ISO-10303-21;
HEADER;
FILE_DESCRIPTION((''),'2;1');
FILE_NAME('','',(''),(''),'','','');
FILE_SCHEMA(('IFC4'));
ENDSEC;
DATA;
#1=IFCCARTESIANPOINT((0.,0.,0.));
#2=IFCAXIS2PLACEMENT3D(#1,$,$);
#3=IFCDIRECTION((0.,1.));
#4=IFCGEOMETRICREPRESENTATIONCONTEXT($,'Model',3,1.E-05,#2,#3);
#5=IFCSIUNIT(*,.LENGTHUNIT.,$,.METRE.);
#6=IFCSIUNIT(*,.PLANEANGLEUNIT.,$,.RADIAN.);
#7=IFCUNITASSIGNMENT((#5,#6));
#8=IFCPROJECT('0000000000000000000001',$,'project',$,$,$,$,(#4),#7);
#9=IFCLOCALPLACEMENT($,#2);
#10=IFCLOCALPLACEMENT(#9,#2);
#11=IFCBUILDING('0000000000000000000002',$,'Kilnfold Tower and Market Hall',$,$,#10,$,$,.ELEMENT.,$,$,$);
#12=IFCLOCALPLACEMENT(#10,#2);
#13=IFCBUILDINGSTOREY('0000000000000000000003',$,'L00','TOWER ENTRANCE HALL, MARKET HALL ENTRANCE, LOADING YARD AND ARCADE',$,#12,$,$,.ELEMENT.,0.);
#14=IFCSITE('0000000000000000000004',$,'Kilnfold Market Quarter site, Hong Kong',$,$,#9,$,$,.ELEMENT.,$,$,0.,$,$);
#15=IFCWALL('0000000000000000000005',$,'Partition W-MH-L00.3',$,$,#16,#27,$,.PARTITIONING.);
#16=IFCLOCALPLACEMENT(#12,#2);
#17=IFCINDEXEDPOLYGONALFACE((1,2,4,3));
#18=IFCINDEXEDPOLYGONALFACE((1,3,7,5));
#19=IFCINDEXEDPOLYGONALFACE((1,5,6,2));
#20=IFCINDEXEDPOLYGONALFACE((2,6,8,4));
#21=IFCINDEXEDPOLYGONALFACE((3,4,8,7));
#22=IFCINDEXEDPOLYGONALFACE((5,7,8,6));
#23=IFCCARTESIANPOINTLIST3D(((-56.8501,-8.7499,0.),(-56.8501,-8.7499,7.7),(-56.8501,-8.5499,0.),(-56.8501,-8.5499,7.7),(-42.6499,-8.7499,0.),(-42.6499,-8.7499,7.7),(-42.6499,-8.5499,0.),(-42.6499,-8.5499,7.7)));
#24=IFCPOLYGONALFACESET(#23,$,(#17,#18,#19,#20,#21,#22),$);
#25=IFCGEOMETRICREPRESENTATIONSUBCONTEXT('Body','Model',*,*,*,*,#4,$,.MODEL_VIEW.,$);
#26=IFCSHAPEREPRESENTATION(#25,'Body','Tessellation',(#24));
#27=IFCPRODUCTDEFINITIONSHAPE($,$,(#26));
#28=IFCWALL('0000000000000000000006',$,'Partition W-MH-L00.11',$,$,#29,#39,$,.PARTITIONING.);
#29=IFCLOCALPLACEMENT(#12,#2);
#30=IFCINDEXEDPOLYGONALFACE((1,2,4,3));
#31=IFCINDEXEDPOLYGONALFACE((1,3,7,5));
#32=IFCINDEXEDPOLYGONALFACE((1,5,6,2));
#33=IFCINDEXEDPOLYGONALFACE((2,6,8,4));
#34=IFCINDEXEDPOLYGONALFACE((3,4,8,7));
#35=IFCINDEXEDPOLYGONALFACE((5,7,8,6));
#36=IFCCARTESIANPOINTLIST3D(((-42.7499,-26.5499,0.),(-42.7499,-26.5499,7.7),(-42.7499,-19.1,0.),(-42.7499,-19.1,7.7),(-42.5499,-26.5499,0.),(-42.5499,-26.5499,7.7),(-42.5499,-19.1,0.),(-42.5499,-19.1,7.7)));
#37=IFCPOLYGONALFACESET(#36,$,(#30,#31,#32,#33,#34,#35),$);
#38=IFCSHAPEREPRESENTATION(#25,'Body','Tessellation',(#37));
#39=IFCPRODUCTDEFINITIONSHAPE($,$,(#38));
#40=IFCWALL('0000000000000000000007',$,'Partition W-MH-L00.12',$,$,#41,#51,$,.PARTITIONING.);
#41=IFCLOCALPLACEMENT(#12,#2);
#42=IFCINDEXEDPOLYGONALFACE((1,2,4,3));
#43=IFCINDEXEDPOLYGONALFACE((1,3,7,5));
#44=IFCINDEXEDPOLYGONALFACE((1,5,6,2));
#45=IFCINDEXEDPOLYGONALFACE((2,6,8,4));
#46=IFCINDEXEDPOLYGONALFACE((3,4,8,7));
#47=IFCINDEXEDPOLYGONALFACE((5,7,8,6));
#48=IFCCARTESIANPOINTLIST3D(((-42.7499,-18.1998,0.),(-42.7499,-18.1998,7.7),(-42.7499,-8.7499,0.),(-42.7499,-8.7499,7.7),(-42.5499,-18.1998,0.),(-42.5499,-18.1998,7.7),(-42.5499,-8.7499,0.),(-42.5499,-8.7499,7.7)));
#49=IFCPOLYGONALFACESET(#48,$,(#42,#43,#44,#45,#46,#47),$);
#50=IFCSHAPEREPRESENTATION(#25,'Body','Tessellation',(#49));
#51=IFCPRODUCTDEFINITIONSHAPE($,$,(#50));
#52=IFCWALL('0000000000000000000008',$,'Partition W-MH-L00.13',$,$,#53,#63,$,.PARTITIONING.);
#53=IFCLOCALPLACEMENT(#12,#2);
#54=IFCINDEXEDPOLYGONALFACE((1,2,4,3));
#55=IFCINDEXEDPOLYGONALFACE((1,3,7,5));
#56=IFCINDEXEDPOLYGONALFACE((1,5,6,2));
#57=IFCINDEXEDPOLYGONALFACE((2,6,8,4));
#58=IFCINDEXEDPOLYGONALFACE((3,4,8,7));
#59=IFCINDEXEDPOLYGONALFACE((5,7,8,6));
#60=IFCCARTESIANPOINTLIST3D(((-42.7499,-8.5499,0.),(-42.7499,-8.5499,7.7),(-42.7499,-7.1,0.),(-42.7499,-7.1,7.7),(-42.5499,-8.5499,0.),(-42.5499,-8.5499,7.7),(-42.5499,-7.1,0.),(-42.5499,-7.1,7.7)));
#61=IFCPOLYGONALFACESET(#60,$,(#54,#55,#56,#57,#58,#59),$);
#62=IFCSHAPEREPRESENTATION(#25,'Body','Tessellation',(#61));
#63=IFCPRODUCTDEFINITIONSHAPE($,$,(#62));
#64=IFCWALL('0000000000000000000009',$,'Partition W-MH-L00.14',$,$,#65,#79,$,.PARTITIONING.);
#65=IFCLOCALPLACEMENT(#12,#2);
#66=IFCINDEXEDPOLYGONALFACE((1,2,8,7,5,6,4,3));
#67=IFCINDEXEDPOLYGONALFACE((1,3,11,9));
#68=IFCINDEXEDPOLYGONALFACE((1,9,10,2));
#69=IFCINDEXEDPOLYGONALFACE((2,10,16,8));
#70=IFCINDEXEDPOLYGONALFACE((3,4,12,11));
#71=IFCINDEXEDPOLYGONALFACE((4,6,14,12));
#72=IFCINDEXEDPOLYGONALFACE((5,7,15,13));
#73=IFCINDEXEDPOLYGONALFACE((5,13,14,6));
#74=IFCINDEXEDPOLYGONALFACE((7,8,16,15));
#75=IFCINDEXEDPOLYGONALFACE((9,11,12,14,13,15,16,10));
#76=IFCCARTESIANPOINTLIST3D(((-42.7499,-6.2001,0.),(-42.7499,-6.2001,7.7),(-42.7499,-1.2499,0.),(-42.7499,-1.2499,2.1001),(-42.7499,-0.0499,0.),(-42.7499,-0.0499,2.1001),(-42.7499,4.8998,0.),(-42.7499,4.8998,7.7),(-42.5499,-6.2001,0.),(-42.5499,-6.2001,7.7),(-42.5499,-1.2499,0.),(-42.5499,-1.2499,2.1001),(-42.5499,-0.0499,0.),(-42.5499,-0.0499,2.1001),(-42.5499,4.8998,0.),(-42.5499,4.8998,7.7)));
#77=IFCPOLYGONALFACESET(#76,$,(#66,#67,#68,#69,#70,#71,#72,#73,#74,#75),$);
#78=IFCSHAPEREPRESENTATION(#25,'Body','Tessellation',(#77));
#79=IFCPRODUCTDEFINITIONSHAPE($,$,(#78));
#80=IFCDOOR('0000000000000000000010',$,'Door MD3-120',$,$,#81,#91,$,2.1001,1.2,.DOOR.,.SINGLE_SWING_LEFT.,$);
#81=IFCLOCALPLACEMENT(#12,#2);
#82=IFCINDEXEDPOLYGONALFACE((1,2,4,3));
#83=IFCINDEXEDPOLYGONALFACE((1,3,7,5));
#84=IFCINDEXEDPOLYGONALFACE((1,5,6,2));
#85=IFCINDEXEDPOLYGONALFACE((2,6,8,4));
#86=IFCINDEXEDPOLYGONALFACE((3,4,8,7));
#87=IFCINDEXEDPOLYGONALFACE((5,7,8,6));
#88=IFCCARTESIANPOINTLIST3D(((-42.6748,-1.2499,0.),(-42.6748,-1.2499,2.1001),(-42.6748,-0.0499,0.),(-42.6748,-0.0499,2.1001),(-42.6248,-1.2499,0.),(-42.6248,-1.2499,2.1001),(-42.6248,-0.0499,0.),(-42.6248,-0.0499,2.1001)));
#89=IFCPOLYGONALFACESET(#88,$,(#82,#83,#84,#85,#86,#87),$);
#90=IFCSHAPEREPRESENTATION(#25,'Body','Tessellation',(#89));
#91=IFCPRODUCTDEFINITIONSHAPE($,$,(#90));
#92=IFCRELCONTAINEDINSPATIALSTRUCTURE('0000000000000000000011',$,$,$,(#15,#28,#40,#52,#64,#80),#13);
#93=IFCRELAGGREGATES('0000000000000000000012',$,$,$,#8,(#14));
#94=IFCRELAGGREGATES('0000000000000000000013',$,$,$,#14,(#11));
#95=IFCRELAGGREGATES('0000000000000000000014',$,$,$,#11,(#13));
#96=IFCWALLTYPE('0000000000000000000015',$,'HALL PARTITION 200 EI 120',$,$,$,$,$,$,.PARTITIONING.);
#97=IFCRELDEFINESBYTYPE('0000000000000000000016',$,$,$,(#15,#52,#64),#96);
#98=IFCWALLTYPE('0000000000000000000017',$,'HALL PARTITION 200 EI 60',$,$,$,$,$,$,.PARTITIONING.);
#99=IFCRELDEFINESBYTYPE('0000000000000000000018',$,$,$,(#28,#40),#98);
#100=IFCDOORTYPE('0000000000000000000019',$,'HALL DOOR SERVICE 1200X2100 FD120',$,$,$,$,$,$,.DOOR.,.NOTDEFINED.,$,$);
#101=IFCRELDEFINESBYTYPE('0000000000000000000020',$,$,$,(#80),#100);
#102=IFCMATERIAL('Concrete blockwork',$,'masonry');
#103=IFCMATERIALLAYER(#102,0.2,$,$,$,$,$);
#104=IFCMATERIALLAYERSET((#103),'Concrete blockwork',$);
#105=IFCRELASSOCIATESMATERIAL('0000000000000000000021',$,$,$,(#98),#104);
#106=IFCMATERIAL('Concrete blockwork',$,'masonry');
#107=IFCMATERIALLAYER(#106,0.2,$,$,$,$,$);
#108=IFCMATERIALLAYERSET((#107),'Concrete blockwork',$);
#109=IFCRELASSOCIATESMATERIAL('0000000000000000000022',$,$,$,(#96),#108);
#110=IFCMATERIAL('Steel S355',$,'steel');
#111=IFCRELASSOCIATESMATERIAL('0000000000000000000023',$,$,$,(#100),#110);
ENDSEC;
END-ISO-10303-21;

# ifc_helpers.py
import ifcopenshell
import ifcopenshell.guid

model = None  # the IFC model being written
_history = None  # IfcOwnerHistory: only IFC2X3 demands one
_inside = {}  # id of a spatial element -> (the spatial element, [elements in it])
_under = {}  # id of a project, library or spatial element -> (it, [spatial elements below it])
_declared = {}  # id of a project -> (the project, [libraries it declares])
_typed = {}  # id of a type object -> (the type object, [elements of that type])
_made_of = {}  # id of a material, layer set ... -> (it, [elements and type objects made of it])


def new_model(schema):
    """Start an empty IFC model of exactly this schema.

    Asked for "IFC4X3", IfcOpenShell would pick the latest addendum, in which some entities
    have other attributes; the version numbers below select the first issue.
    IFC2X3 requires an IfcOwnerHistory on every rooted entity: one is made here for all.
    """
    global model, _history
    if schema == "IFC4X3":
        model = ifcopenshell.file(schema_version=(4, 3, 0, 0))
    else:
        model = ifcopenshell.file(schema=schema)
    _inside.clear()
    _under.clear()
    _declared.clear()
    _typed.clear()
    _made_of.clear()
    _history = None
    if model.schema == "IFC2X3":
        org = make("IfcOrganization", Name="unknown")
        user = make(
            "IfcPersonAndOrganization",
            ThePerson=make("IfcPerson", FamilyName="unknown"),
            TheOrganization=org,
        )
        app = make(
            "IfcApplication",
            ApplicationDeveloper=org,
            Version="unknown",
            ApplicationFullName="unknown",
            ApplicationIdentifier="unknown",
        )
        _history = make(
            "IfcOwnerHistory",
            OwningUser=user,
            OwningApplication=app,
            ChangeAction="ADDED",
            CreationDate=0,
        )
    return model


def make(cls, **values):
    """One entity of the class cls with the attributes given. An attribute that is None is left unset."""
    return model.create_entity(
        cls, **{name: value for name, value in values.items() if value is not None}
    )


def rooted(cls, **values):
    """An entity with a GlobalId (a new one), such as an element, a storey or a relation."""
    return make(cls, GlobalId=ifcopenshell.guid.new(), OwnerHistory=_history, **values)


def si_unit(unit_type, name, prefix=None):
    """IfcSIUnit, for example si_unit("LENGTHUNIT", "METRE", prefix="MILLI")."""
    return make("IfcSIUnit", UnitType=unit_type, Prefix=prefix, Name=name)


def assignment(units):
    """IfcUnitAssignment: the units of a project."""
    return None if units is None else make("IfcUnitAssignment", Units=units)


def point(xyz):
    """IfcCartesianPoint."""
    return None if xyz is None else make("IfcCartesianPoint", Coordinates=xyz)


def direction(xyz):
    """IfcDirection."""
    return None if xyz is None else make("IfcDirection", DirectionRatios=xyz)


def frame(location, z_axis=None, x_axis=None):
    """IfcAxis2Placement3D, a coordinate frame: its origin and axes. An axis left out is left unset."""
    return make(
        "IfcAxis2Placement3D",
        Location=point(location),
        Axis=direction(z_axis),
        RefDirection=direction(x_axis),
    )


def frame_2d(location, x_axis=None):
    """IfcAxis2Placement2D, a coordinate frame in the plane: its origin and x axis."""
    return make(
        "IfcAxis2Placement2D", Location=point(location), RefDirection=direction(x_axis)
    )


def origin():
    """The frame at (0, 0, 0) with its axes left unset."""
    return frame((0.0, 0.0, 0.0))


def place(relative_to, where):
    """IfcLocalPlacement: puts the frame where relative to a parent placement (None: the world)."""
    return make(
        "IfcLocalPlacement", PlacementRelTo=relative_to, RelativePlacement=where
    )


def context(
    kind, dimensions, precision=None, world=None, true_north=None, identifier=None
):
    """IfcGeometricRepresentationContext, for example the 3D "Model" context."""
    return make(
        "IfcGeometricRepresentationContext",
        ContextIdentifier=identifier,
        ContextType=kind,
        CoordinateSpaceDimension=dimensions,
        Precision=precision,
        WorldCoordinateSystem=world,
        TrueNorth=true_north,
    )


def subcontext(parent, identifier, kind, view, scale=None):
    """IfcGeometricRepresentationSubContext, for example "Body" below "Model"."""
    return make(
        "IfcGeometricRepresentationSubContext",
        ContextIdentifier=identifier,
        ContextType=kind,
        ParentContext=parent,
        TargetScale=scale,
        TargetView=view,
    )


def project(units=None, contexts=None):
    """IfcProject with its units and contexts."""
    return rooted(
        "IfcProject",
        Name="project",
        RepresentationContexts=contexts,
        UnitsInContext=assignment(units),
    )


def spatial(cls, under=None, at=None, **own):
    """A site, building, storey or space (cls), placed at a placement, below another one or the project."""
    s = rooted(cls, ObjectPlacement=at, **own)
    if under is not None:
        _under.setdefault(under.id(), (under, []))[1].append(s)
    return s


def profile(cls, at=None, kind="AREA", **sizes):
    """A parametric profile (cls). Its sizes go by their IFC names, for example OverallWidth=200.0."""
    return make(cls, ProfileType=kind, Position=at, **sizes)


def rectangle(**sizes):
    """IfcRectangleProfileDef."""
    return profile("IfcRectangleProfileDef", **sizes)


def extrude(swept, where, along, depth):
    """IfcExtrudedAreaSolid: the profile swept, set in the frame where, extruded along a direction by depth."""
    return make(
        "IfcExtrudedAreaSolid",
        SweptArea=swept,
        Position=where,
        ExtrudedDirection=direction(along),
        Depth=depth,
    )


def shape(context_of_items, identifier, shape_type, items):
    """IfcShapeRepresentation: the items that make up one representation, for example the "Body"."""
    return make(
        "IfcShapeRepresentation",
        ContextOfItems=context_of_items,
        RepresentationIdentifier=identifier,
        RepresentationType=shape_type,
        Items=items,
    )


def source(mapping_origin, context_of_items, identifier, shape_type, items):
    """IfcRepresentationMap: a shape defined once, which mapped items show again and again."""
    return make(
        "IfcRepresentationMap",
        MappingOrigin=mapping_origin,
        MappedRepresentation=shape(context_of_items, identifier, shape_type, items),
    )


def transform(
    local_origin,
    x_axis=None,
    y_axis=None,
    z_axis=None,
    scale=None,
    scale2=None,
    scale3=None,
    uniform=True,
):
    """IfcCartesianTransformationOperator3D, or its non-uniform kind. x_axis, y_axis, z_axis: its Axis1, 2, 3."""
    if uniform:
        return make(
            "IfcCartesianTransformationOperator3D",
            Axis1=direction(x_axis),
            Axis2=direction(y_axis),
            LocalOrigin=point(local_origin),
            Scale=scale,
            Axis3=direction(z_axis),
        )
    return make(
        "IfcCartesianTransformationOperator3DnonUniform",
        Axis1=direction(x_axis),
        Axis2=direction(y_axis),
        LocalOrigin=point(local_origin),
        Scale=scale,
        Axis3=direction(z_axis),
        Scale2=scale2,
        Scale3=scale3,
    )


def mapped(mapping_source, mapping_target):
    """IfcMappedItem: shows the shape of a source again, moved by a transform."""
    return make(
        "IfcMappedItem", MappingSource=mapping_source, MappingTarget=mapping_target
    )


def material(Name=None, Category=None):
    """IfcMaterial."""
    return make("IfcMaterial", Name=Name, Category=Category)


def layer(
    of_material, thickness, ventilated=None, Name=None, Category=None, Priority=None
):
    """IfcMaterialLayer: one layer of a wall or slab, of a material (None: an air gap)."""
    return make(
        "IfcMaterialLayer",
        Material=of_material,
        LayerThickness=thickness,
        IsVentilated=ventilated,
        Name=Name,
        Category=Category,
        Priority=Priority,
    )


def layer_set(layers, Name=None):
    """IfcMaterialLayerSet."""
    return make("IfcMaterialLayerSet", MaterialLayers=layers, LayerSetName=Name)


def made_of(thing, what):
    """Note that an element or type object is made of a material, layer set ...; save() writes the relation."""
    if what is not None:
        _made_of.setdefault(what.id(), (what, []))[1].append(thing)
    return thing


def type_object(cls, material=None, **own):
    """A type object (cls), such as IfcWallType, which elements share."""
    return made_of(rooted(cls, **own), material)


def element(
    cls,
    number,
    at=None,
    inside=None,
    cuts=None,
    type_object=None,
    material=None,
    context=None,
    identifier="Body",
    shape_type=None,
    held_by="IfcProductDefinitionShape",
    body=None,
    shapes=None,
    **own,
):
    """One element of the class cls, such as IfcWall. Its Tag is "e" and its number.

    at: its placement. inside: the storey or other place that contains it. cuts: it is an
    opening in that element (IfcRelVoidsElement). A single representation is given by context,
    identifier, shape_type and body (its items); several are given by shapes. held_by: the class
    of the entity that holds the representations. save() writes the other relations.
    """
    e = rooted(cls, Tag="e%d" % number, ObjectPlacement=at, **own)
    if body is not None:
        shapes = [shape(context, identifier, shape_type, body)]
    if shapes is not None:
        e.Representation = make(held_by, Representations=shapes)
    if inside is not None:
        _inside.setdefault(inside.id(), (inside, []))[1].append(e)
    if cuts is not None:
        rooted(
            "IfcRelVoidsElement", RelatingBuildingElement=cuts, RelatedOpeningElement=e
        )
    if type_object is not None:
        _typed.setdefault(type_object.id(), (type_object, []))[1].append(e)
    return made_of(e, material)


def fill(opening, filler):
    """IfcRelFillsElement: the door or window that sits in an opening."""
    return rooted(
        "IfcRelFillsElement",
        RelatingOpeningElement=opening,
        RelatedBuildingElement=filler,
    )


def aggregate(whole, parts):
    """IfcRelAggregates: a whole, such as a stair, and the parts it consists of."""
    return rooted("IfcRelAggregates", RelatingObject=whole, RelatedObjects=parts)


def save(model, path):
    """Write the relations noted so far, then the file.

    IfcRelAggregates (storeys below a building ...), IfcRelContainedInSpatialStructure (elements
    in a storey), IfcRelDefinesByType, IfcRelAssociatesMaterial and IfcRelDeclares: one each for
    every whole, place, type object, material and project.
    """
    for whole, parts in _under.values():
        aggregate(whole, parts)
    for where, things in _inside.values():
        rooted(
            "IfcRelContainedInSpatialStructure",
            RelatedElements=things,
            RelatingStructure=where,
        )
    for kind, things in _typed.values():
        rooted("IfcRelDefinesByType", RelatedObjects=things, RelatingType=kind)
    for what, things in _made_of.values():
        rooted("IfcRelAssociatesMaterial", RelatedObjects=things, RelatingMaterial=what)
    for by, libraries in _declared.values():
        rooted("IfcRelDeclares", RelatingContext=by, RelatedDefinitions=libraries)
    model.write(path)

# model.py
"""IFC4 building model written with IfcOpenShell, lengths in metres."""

from ifc_helpers import new_model, si_unit, direction, frame, frame_2d, origin, place, context, subcontext, project, spatial, rectangle, extrude, source, transform, mapped, material, layer, layer_set, type_object, element, fill, save


model = new_model("IFC4")

# Units and contexts
model_context = context("Model", 3, precision=1e-05, world=origin(), true_north=direction((0.0, 1.0)))
body_context = subcontext(model_context, "Body", "Model", "MODEL_VIEW")
ifc_project = project(units=[si_unit("LENGTHUNIT", "METRE"), si_unit("PLANEANGLEUNIT", "RADIAN")], contexts=[model_context])

# Site, building, storey
site_placement = place(None, origin())
site = spatial("IfcSite", under=ifc_project, at=site_placement, Name="Kilnfold Market Quarter site, Hong Kong", CompositionType="ELEMENT", RefElevation=0.0)
building_placement = place(site_placement, origin())
building = spatial("IfcBuilding", under=site, at=building_placement, Name="Kilnfold Tower and Market Hall", CompositionType="ELEMENT")
storey_placement = place(building_placement, origin())
storey = spatial("IfcBuildingStorey", under=building, at=storey_placement, Name="L00", Description="TOWER ENTRANCE HALL, MARKET HALL ENTRANCE, LOADING YARD AND ARCADE", CompositionType="ELEMENT", Elevation=0.0)

# Shared definitions
ifc_material_1 = material(Name="Concrete blockwork", Category="masonry")
ifc_layer_1 = layer(ifc_material_1, 0.2)
ifc_layer_set_1 = layer_set([ifc_layer_1], Name="Concrete blockwork")
wall_type_1 = type_object("IfcWallType", Name="HALL PARTITION 200 EI 60", PredefinedType="PARTITIONING", material=ifc_layer_set_1)
shared_shape_1 = source(origin(), body_context, "Body", "SweptSolid", [
    extrude(rectangle(XDim=14.2002, YDim=0.2, at=frame_2d((7.1001, 0.0))), origin(), (0.0, 0.0, 1.0), 7.7),
])

# Walls
ifc_material_2 = material(Name="Concrete blockwork", Category="masonry")
ifc_layer_2 = layer(ifc_material_2, 0.2)
ifc_layer_set_2 = layer_set([ifc_layer_2], Name="Concrete blockwork")
wall_type_2 = type_object("IfcWallType", Name="HALL PARTITION 200 EI 120", PredefinedType="PARTITIONING", material=ifc_layer_set_2)
wall_1_placement = place(storey_placement, frame((-56.8501, -8.6499, 0.0), z_axis=(0.0, 0.0, 1.0), x_axis=(1.0, 0.0, 0.0)))
element("IfcWall", 1, at=wall_1_placement, inside=storey, type_object=wall_type_2, Name="Partition W-MH-L00.3", PredefinedType="PARTITIONING", context=body_context, shape_type="MappedRepresentation", body=[
    mapped(shared_shape_1, transform((0.0, 0.0, 0.0))),
])
shared_shape_2 = source(origin(), body_context, "Body", "SweptSolid", [
    extrude(rectangle(XDim=7.45, YDim=0.2, at=frame_2d((3.7251, 0.0))), origin(), (0.0, 0.0, 1.0), 7.7),
])
wall_2_placement = place(storey_placement, frame((-42.6499, -26.55, 0.0), z_axis=(0.0, 0.0, 1.0), x_axis=(0.0, 1.0, 0.0)))
element("IfcWall", 2, at=wall_2_placement, inside=storey, type_object=wall_type_1, Name="Partition W-MH-L00.11", PredefinedType="PARTITIONING", context=body_context, shape_type="MappedRepresentation", body=[
    mapped(shared_shape_2, transform((0.0, 0.0, 0.0))),
])
shared_shape_3 = source(origin(), body_context, "Body", "SweptSolid", [
    extrude(rectangle(XDim=9.45, YDim=0.2, at=frame_2d((4.7251, 0.0))), origin(), (0.0, 0.0, 1.0), 7.7),
])
wall_3_placement = place(storey_placement, frame((-42.6499, -18.2, 0.0), z_axis=(0.0, 0.0, 1.0), x_axis=(0.0, 1.0, 0.0)))
element("IfcWall", 3, at=wall_3_placement, inside=storey, type_object=wall_type_1, Name="Partition W-MH-L00.12", PredefinedType="PARTITIONING", context=body_context, shape_type="MappedRepresentation", body=[
    mapped(shared_shape_3, transform((0.0, 0.0, 0.0))),
])
shared_shape_4 = source(origin(), body_context, "Body", "SweptSolid", [
    extrude(rectangle(XDim=1.45, YDim=0.2, at=frame_2d((0.7251, 0.0))), origin(), (0.0, 0.0, 1.0), 7.7),
])
wall_4_placement = place(storey_placement, frame((-42.6499, -8.55, 0.0), z_axis=(0.0, 0.0, 1.0), x_axis=(0.0, 1.0, 0.0)))
element("IfcWall", 4, at=wall_4_placement, inside=storey, type_object=wall_type_2, Name="Partition W-MH-L00.13", PredefinedType="PARTITIONING", context=body_context, shape_type="MappedRepresentation", body=[
    mapped(shared_shape_4, transform((0.0, 0.0, 0.0))),
])

# Wall, opening, door
shared_shape_5 = source(origin(), body_context, "Body", "SweptSolid", [
    extrude(rectangle(XDim=11.0999, YDim=0.2, at=frame_2d((5.5498, 0.0))), origin(), (0.0, 0.0, 1.0), 7.7),
])
wall_5_placement = place(storey_placement, frame((-42.6499, -6.2, 0.0), z_axis=(0.0, 0.0, 1.0), x_axis=(0.0, 1.0, 0.0)))
wall_5 = element("IfcWall", 5, at=wall_5_placement, inside=storey, type_object=wall_type_2, Name="Partition W-MH-L00.14", PredefinedType="PARTITIONING", context=body_context, shape_type="MappedRepresentation", body=[
    mapped(shared_shape_5, transform((0.0, 0.0, 0.0))),
])
opening_1_placement = place(wall_5_placement, frame((4.95, 0.0, 0.0)))
opening_1 = element("IfcOpeningElement", 6, at=opening_1_placement, cuts=wall_5, PredefinedType="OPENING", context=body_context, shape_type="SweptSolid", body=[
    extrude(rectangle(XDim=1.2, YDim=2.1001, at=frame_2d((0.6001, 1.05))), frame((0.0, 0.1099, 0.0), z_axis=(0.0, -1.0, 0.0), x_axis=(1.0, 0.0, 0.0)), (0.0, 0.0, 1.0), 0.22),
])
ifc_material_3 = material(Name="Steel S355", Category="steel")
door_type_1 = type_object("IfcDoorType", Name="HALL DOOR SERVICE 1200X2100 FD120", OperationType="NOTDEFINED", PredefinedType="DOOR", material=ifc_material_3)
door_1_placement = place(opening_1_placement, origin())
door_1 = element("IfcDoor", 7, at=door_1_placement, inside=storey, type_object=door_type_1, Name="Door MD3-120", OperationType="SINGLE_SWING_LEFT", OverallHeight=2.1001, OverallWidth=1.2, PredefinedType="DOOR", context=body_context, shape_type="SweptSolid", body=[
    extrude(rectangle(XDim=1.2, YDim=2.1001, at=frame_2d((0.6001, 1.05))), frame((0.0, 0.0249, 0.0), z_axis=(0.0, -1.0, 0.0), x_axis=(1.0, 0.0, 0.0)), (0.0, 0.0, 1.0), 0.05),
])
fill(opening_1, door_1)

save(model, "model.ifc")
